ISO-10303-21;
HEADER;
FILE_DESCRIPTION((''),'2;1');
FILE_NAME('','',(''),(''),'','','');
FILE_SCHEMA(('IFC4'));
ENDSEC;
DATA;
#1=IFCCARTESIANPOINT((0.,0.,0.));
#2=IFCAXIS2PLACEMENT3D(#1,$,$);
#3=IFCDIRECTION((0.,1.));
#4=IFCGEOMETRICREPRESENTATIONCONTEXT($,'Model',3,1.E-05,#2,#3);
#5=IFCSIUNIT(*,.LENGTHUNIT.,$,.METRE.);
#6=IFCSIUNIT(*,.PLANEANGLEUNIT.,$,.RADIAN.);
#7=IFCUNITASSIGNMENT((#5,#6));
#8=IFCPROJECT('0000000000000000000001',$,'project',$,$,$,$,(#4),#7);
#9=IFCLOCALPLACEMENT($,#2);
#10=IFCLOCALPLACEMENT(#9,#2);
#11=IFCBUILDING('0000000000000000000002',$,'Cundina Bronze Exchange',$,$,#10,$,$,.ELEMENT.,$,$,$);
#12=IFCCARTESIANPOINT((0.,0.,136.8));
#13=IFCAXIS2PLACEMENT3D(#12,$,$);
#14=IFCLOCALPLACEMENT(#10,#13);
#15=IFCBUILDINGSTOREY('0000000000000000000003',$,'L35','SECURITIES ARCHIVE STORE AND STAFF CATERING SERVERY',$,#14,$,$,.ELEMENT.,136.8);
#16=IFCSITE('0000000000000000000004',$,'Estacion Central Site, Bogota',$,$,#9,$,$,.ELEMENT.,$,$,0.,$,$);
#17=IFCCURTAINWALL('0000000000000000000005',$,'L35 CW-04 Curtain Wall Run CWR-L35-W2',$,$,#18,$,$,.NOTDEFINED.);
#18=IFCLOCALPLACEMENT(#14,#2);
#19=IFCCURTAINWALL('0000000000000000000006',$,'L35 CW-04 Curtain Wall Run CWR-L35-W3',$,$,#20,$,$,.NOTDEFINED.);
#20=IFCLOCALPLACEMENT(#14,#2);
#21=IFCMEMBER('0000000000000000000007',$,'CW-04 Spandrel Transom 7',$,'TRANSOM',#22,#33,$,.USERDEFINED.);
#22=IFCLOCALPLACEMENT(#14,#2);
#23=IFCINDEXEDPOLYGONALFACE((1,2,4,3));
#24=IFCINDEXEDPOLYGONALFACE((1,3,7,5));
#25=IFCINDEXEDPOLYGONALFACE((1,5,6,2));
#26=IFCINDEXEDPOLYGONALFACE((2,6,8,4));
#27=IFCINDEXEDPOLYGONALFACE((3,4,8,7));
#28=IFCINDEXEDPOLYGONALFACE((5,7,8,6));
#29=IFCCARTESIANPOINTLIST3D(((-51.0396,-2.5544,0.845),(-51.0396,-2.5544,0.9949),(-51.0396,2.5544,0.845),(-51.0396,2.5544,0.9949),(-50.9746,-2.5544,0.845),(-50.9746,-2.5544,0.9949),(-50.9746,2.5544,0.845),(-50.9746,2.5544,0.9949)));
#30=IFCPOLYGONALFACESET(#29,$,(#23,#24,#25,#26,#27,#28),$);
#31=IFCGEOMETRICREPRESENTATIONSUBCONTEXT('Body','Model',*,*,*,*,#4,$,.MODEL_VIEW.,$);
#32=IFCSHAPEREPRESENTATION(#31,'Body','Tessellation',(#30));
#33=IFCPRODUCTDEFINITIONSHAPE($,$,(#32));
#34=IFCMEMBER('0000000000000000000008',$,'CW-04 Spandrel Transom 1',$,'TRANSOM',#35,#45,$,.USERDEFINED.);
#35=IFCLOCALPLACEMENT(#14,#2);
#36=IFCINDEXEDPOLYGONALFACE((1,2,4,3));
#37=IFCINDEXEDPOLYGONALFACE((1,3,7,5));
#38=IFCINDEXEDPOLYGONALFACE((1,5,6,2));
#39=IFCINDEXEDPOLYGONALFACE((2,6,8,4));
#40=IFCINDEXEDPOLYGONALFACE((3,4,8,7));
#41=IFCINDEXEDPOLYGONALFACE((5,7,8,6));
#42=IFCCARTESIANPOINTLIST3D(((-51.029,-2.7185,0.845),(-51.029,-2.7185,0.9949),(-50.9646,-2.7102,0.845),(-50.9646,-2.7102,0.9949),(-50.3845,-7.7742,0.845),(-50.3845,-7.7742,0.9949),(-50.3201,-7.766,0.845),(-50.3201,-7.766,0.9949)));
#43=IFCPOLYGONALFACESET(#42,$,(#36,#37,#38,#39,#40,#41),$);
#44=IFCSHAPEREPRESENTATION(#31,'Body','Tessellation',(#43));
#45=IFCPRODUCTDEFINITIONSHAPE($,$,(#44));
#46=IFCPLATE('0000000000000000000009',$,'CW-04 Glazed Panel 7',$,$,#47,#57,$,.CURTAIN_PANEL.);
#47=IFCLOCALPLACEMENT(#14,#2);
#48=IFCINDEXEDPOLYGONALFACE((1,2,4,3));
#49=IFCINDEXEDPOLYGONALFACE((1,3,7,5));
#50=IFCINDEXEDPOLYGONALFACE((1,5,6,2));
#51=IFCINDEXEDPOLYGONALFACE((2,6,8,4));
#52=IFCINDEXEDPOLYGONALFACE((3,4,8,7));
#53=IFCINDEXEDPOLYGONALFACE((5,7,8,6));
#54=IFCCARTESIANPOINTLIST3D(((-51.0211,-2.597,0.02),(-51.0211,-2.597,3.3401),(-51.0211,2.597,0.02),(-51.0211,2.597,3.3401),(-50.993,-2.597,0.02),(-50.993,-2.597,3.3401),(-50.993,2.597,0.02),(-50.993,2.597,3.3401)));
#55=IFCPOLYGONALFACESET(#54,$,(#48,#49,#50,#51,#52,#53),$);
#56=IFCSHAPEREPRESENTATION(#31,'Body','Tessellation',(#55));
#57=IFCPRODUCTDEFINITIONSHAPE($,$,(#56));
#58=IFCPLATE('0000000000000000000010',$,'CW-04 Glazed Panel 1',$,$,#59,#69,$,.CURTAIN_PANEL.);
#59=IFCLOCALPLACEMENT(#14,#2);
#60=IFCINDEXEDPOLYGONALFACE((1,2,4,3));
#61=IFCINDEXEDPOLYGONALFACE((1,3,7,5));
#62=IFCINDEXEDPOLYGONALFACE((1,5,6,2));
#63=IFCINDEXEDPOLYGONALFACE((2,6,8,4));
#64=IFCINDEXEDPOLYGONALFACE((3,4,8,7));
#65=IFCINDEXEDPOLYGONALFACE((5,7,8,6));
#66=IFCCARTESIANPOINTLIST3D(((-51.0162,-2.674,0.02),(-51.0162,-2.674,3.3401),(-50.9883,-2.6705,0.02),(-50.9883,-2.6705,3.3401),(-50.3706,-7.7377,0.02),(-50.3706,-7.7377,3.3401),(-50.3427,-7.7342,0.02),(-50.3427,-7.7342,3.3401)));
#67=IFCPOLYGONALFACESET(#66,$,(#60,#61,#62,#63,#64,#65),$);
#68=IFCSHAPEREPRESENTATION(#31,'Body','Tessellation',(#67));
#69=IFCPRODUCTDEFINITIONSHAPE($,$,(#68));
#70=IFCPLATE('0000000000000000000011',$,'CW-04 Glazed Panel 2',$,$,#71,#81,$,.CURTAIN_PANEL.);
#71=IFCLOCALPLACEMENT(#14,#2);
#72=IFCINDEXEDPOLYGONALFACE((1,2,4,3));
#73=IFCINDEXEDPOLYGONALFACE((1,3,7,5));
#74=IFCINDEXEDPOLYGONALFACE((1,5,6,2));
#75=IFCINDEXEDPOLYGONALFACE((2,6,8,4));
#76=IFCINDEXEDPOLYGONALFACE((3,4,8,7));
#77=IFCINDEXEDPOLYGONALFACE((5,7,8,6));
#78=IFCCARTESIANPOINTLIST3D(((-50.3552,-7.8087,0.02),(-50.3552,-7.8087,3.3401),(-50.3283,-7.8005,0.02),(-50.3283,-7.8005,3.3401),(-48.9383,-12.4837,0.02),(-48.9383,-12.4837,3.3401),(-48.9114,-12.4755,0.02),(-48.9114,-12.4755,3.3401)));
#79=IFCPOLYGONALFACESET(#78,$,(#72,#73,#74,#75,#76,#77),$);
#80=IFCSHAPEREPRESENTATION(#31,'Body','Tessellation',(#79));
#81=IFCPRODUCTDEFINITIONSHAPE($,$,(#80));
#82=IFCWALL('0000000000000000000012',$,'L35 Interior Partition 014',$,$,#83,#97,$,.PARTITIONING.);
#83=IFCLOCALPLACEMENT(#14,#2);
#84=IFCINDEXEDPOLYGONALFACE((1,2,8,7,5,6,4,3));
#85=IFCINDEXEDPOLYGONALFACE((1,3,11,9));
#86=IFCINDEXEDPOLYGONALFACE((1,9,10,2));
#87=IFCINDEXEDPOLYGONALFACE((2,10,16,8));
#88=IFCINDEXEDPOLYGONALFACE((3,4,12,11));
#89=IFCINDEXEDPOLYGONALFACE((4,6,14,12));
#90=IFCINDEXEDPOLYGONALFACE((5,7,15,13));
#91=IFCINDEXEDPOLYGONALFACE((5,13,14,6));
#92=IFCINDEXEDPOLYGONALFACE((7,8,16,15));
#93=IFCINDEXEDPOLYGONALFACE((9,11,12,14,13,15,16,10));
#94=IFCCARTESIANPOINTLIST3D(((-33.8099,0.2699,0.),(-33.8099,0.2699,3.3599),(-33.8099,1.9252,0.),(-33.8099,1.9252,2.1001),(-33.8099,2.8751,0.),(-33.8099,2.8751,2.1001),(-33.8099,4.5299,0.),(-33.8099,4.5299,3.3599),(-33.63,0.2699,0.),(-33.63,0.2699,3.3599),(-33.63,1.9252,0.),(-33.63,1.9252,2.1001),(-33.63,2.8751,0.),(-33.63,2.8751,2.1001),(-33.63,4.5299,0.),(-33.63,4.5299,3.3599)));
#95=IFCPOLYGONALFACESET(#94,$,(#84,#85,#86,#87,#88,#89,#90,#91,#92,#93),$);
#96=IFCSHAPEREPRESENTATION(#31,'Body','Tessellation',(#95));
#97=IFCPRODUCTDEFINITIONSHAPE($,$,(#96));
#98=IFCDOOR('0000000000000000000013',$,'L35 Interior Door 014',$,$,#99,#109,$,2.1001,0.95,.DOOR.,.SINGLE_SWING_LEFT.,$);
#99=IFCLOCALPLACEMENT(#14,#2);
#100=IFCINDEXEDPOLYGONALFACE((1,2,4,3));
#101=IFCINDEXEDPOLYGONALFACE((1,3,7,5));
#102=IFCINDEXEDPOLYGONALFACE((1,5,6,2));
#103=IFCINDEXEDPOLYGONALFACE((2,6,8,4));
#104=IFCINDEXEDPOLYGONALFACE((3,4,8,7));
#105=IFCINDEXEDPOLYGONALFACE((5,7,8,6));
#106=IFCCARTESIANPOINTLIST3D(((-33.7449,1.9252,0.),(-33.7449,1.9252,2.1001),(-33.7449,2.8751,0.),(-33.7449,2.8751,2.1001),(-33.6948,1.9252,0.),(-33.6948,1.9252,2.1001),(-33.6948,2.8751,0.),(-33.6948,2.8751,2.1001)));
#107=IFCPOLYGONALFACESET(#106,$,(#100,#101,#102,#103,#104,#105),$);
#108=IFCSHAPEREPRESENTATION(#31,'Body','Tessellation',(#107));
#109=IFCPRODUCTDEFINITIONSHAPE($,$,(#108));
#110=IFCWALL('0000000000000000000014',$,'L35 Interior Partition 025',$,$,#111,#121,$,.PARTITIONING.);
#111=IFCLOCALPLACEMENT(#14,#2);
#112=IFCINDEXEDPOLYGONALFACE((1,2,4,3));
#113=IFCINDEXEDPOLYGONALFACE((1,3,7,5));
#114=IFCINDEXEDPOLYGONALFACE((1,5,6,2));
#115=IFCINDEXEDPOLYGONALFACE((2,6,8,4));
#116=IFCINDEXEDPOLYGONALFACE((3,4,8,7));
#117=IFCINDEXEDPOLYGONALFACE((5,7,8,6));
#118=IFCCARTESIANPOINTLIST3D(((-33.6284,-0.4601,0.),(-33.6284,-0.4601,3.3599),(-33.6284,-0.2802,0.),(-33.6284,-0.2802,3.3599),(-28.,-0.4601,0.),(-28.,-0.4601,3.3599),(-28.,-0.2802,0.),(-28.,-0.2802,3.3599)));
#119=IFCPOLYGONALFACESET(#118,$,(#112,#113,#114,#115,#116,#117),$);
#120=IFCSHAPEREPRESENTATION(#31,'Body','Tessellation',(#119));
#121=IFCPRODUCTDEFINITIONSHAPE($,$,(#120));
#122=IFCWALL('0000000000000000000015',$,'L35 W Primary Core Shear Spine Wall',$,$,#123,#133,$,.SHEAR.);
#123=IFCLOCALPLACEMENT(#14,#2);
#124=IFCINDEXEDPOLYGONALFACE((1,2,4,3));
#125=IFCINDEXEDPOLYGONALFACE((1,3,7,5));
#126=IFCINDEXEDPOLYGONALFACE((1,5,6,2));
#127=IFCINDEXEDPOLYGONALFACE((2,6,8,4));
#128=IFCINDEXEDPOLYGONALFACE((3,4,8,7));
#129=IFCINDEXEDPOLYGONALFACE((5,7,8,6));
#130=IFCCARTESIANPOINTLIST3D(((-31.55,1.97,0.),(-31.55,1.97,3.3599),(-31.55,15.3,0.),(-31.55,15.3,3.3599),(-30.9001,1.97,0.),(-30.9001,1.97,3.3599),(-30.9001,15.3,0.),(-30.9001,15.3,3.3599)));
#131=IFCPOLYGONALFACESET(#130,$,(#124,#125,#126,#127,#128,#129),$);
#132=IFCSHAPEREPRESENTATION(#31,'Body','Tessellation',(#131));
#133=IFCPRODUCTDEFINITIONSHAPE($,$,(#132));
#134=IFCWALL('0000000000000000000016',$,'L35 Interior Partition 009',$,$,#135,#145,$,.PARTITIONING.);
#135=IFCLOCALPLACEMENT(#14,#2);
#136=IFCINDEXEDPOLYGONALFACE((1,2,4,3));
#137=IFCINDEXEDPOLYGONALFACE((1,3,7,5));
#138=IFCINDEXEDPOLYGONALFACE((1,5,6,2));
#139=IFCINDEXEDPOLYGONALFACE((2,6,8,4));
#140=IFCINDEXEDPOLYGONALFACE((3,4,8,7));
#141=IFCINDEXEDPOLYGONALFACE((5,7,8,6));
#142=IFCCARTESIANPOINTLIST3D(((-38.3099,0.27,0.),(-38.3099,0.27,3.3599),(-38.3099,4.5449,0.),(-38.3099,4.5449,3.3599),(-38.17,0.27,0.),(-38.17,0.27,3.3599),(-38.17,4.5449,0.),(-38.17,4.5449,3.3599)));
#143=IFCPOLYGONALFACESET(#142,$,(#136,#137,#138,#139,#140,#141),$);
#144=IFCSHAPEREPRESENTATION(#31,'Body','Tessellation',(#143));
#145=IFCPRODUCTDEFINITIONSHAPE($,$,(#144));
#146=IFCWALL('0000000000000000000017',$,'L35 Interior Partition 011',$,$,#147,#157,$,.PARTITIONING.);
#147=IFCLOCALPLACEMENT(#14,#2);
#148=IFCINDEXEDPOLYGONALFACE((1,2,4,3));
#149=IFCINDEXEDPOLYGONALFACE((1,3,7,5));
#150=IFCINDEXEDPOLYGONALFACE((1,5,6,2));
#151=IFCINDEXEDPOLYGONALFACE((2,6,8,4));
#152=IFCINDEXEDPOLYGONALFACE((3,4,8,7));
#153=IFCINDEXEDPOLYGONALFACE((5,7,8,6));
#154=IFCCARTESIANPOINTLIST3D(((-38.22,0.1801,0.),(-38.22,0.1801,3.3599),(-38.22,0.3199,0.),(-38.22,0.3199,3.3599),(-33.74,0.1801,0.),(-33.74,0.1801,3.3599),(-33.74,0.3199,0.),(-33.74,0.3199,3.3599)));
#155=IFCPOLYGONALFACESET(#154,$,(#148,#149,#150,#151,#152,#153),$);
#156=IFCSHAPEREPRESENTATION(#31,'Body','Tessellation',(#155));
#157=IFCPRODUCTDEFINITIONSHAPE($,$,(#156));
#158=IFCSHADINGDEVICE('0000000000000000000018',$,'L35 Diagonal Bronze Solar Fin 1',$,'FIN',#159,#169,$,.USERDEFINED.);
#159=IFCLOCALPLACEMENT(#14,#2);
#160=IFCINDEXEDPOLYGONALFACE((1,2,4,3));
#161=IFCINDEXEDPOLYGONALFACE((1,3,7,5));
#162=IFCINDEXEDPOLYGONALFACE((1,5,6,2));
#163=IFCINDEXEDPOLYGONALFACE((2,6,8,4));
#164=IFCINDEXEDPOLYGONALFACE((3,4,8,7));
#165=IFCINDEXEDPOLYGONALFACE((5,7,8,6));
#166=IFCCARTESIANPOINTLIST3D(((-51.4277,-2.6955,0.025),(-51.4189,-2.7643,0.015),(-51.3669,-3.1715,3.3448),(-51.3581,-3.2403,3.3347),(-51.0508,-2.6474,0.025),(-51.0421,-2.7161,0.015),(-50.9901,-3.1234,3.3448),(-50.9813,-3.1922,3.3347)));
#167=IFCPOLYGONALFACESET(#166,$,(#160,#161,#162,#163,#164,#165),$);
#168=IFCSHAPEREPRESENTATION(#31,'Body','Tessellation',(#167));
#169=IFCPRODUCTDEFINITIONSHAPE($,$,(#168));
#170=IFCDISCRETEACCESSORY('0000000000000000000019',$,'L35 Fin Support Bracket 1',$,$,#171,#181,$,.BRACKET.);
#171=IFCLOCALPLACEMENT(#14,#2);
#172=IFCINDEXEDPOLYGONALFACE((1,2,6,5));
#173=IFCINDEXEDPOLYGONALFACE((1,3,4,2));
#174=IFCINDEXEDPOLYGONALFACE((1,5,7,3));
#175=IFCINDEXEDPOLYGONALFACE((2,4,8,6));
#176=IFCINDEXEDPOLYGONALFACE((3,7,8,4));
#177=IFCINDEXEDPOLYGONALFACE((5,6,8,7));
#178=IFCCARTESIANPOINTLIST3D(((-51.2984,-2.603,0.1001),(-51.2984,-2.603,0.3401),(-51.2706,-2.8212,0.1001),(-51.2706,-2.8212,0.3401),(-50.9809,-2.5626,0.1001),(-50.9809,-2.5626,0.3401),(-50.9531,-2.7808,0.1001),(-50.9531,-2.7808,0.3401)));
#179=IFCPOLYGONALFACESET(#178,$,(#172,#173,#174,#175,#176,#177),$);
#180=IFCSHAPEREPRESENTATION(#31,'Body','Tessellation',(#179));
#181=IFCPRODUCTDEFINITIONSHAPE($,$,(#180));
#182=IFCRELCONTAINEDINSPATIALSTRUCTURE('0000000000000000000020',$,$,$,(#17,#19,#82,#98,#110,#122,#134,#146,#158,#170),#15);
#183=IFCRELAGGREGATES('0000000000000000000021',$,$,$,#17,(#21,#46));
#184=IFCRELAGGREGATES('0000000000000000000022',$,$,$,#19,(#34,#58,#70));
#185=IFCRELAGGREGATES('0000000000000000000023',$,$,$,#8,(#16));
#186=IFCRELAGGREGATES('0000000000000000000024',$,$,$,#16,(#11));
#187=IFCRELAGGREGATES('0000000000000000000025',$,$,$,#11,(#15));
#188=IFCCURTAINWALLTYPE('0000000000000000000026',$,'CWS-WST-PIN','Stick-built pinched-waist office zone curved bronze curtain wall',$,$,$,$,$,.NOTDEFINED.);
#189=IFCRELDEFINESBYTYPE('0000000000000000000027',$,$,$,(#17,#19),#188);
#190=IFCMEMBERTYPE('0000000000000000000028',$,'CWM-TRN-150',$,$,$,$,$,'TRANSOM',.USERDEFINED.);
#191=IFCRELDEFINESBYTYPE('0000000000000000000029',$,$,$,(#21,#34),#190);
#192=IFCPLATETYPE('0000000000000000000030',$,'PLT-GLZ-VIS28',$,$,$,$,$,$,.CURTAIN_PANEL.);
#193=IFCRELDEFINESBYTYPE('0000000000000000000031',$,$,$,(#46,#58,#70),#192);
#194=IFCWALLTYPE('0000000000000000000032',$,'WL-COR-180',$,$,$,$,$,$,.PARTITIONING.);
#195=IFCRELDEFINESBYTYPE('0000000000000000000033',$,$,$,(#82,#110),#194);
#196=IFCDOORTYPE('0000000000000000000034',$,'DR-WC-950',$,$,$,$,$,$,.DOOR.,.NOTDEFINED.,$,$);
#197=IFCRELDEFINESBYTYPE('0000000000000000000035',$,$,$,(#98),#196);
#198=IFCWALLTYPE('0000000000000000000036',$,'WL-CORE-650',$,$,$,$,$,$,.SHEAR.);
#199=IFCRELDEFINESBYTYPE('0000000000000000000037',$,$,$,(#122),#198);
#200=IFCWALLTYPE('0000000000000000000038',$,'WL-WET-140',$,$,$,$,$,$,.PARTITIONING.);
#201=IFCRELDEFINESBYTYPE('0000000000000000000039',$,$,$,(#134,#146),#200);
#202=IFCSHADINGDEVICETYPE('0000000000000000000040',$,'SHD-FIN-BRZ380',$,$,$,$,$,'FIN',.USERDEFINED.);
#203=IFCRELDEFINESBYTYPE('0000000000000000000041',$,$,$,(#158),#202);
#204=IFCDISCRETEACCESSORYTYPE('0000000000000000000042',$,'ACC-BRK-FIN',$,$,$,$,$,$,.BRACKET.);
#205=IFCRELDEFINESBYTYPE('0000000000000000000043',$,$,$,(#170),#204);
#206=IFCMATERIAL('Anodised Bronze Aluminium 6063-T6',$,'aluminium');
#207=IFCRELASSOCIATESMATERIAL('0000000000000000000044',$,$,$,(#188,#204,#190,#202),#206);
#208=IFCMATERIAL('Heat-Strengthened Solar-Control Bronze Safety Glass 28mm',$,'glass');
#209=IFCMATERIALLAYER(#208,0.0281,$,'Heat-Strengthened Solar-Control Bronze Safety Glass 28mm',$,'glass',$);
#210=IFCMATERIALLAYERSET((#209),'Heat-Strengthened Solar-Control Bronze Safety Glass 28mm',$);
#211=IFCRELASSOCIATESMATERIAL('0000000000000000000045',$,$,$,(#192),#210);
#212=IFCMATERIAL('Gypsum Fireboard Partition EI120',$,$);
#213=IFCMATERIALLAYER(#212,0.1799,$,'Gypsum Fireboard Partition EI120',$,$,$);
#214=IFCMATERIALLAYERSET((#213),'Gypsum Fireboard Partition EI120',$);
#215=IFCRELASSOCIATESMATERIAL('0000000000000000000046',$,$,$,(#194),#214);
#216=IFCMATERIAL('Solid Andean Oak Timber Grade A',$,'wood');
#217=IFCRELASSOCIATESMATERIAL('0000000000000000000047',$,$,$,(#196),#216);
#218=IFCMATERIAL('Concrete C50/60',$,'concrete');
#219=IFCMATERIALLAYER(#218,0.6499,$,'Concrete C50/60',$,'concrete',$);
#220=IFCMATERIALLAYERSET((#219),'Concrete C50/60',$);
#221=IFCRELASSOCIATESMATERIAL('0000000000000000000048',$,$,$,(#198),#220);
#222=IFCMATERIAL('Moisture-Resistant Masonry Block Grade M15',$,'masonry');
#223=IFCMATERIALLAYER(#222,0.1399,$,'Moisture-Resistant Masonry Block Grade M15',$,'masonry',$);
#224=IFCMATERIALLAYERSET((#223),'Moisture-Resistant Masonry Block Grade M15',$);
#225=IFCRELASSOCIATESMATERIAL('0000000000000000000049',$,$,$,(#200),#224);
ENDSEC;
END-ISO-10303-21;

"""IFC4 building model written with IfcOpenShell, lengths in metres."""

from ifc_helpers import new_model, si_unit, direction, frame, frame_2d, origin, origin_2d, place, context, subcontext, project, spatial, rectangle, extrude, material, layer, layer_set, material_profile, profile_set, type_object, element, fill, aggregate, save


model = new_model("IFC4")

# Units and contexts
model_context = context("Model", 3, precision=1e-05, world=origin(), true_north=direction((0.0, 1.0)))
body_context = subcontext(model_context, "Body", "Model", "MODEL_VIEW")
ifc_project = project(units=[si_unit("LENGTHUNIT", "METRE"), si_unit("PLANEANGLEUNIT", "RADIAN")], contexts=[model_context])

# Site, building, storey
site_placement = place(None, origin())
site = spatial("IfcSite", under=ifc_project, at=site_placement, Name="Estacion Central Site, Bogota", CompositionType="ELEMENT", RefElevation=0.0)
building_placement = place(site_placement, origin())
building = spatial("IfcBuilding", under=site, at=building_placement, Name="Cundina Bronze Exchange", CompositionType="ELEMENT")
storey_placement = place(building_placement, frame((0.0, 0.0, 136.8)))
storey = spatial("IfcBuildingStorey", under=building, at=storey_placement, Name="L35", Description="SECURITIES ARCHIVE STORE AND STAFF CATERING SERVERY", CompositionType="ELEMENT", Elevation=136.8)

# Shared definitions
ifc_material_1 = material(Name="Concrete C50/60", Category="concrete")

# Curtain walls
ifc_material_2 = material(Name="Anodised Bronze Aluminium 6063-T6", Category="aluminium")
curtain_wall_type = type_object("IfcCurtainWallType", Name="CWS-WST-PIN", Description="Stick-built pinched-waist office zone curved bronze curtain wall", PredefinedType="NOTDEFINED", material=ifc_material_2)
curtain_wall_1_placement = place(storey_placement, origin())
curtain_wall_1 = element("IfcCurtainWall", 1, at=curtain_wall_1_placement, inside=storey, type_object=curtain_wall_type, Name="L35 CW-04 Curtain Wall Run CWR-L35-W2", PredefinedType="NOTDEFINED")
curtain_wall_2_placement = place(storey_placement, origin())
curtain_wall_2 = element("IfcCurtainWall", 2, at=curtain_wall_2_placement, inside=storey, type_object=curtain_wall_type, Name="L35 CW-04 Curtain Wall Run CWR-L35-W3", PredefinedType="NOTDEFINED")

# Members
ifc_material_profile_1 = material_profile(ifc_material_2, rectangle(XDim=0.0649, YDim=0.1499, at=origin_2d()), Name="AL65X150", Category="aluminium")
ifc_profile_set_1 = profile_set([ifc_material_profile_1], Name="Anodised Bronze Aluminium 6063-T6")
member_type_1 = type_object("IfcMemberType", Name="CWM-TRN-150", ElementType="TRANSOM", PredefinedType="USERDEFINED", material=ifc_profile_set_1)
member_1_placement = place(storey_placement, frame((-51.0071, 2.5544, 0.9199), z_axis=(0.0, -1.0, 0.0), x_axis=(1.0, 0.0, 0.0)))
member_1 = element("IfcMember", 3, at=member_1_placement, type_object=member_type_1, Name="CW-04 Spandrel Transom 7", ObjectType="TRANSOM", PredefinedType="USERDEFINED", context=body_context, shape_type="SweptSolid", body=[
    extrude(rectangle(XDim=0.0649, YDim=0.1499, at=origin_2d()), origin(), (0.0, 0.0, 1.0), 5.1089),
])
member_2_placement = place(storey_placement, frame((-50.9968, -2.7144, 0.9199), z_axis=(0.126463, -0.991971, 0.0), x_axis=(0.991971, 0.126463, 0.0)))
member_2 = element("IfcMember", 4, at=member_2_placement, type_object=member_type_1, Name="CW-04 Spandrel Transom 1", ObjectType="TRANSOM", PredefinedType="USERDEFINED", context=body_context, shape_type="SweptSolid", body=[
    extrude(rectangle(XDim=0.0649, YDim=0.1499, at=origin_2d()), origin(), (0.0, 0.0, 1.0), 5.0967),
])

# Plates
ifc_material_3 = material(Name="Heat-Strengthened Solar-Control Bronze Safety Glass 28mm", Category="glass")
ifc_layer_1 = layer(ifc_material_3, 0.0281, Name="Heat-Strengthened Solar-Control Bronze Safety Glass 28mm", Category="glass")
ifc_layer_set_1 = layer_set([ifc_layer_1], Name="Heat-Strengthened Solar-Control Bronze Safety Glass 28mm")
plate_type = type_object("IfcPlateType", Name="PLT-GLZ-VIS28", PredefinedType="CURTAIN_PANEL", material=ifc_layer_set_1)
plate_1_placement = place(storey_placement, frame((-51.0071, 0.0, 0.02), z_axis=(0.0, 0.0, 1.0), x_axis=(0.0, -1.0, 0.0)))
plate_1 = element("IfcPlate", 5, at=plate_1_placement, type_object=plate_type, Name="CW-04 Glazed Panel 7", PredefinedType="CURTAIN_PANEL", context=body_context, shape_type="SweptSolid", body=[
    extrude(rectangle(XDim=5.1941, YDim=0.0281, at=origin_2d()), origin(), (0.0, 0.0, 1.0), 3.3201),
])
aggregate(curtain_wall_1, [member_1, plate_1])
plate_2_placement = place(storey_placement, frame((-50.6794, -5.2041, 0.02), z_axis=(0.0, 0.0, 1.0), x_axis=(0.126476, -0.99197, 0.0)))
plate_2 = element("IfcPlate", 6, at=plate_2_placement, type_object=plate_type, Name="CW-04 Glazed Panel 1", PredefinedType="CURTAIN_PANEL", context=body_context, shape_type="SweptSolid", body=[
    extrude(rectangle(XDim=5.1047, YDim=0.0281, at=origin_2d()), origin(), (0.0, 0.0, 1.0), 3.3201),
])
plate_3_placement = place(storey_placement, frame((-49.6333, -10.1421, 0.02), z_axis=(0.0, 0.0, 1.0), x_axis=(0.290051, -0.957011, 0.0)))
plate_3 = element("IfcPlate", 7, at=plate_3_placement, type_object=plate_type, Name="CW-04 Glazed Panel 2", PredefinedType="CURTAIN_PANEL", context=body_context, shape_type="SweptSolid", body=[
    extrude(rectangle(XDim=4.885, YDim=0.0281, at=origin_2d()), origin(), (0.0, 0.0, 1.0), 3.3201),
])
aggregate(curtain_wall_2, [member_2, plate_2, plate_3])

# Wall, opening, door
ifc_material_4 = material(Name="Gypsum Fireboard Partition EI120")
ifc_layer_2 = layer(ifc_material_4, 0.1799, Name="Gypsum Fireboard Partition EI120")
ifc_layer_set_2 = layer_set([ifc_layer_2], Name="Gypsum Fireboard Partition EI120")
wall_type_1 = type_object("IfcWallType", Name="WL-COR-180", PredefinedType="PARTITIONING", material=ifc_layer_set_2)
wall_1_placement = place(storey_placement, frame((-33.72, 0.27, 0.0), z_axis=(0.0, 0.0, 1.0), x_axis=(0.0, 1.0, 0.0)))
wall_1 = element("IfcWall", 8, at=wall_1_placement, inside=storey, type_object=wall_type_1, Name="L35 Interior Partition 014", PredefinedType="PARTITIONING", context=body_context, shape_type="SweptSolid", body=[
    extrude(rectangle(XDim=4.26, YDim=0.1799, at=frame_2d((2.1299, 0.0))), origin(), (0.0, 0.0, 1.0), 3.3599),
])
opening_1_placement = place(wall_1_placement, frame((1.655, 0.0, 0.0)))
opening_1 = element("IfcOpeningElement", 9, at=opening_1_placement, cuts=wall_1, PredefinedType="OPENING", context=body_context, shape_type="SweptSolid", body=[
    extrude(rectangle(XDim=0.95, YDim=2.1001, at=frame_2d((0.4751, 1.05))), frame((0.0, 0.0999, 0.0), z_axis=(0.0, -1.0, 0.0), x_axis=(1.0, 0.0, 0.0)), (0.0, 0.0, 1.0), 0.2),
])
ifc_material_5 = material(Name="Solid Andean Oak Timber Grade A", Category="wood")
door_type_1 = type_object("IfcDoorType", Name="DR-WC-950", OperationType="NOTDEFINED", PredefinedType="DOOR", material=ifc_material_5)
door_1_placement = place(opening_1_placement, origin())
door_1 = element("IfcDoor", 10, at=door_1_placement, inside=storey, type_object=door_type_1, Name="L35 Interior Door 014", OperationType="SINGLE_SWING_LEFT", OverallHeight=2.1001, OverallWidth=0.95, PredefinedType="DOOR", context=body_context, shape_type="SweptSolid", body=[
    extrude(rectangle(XDim=0.95, YDim=2.1001, at=frame_2d((0.4751, 1.05))), frame((0.0, 0.0249, 0.0), z_axis=(0.0, -1.0, 0.0), x_axis=(1.0, 0.0, 0.0)), (0.0, 0.0, 1.0), 0.05),
])
fill(opening_1, door_1)

# Walls
wall_2_placement = place(storey_placement, frame((-33.6284, -0.3701, 0.0), z_axis=(0.0, 0.0, 1.0), x_axis=(1.0, 0.0, 0.0)))
element("IfcWall", 11, at=wall_2_placement, inside=storey, type_object=wall_type_1, Name="L35 Interior Partition 025", PredefinedType="PARTITIONING", context=body_context, shape_type="SweptSolid", body=[
    extrude(rectangle(XDim=5.6284, YDim=0.1799, at=frame_2d((2.8142, 0.0))), origin(), (0.0, 0.0, 1.0), 3.3599),
])
ifc_layer_3 = layer(ifc_material_1, 0.6499, Name="Concrete C50/60", Category="concrete")
ifc_layer_set_3 = layer_set([ifc_layer_3], Name="Concrete C50/60")
wall_type_2 = type_object("IfcWallType", Name="WL-CORE-650", PredefinedType="SHEAR", material=ifc_layer_set_3)
wall_3_placement = place(storey_placement, frame((-31.2251, 1.97, 0.0), z_axis=(0.0, 0.0, 1.0), x_axis=(0.0, 1.0, 0.0)))
element("IfcWall", 12, at=wall_3_placement, inside=storey, type_object=wall_type_2, Name="L35 W Primary Core Shear Spine Wall", PredefinedType="SHEAR", context=body_context, shape_type="SweptSolid", body=[
    extrude(rectangle(XDim=13.3301, YDim=0.6499, at=frame_2d((6.665, 0.0))), origin(), (0.0, 0.0, 1.0), 3.3599),
])
ifc_material_6 = material(Name="Moisture-Resistant Masonry Block Grade M15", Category="masonry")
ifc_layer_4 = layer(ifc_material_6, 0.1399, Name="Moisture-Resistant Masonry Block Grade M15", Category="masonry")
ifc_layer_set_4 = layer_set([ifc_layer_4], Name="Moisture-Resistant Masonry Block Grade M15")
wall_type_3 = type_object("IfcWallType", Name="WL-WET-140", PredefinedType="PARTITIONING", material=ifc_layer_set_4)
wall_4_placement = place(storey_placement, frame((-38.24, 0.27, 0.0), z_axis=(0.0, 0.0, 1.0), x_axis=(0.0, 1.0, 0.0)))
element("IfcWall", 13, at=wall_4_placement, inside=storey, type_object=wall_type_3, Name="L35 Interior Partition 009", PredefinedType="PARTITIONING", context=body_context, shape_type="SweptSolid", body=[
    extrude(rectangle(XDim=4.2749, YDim=0.1399, at=frame_2d((2.1375, 0.0))), origin(), (0.0, 0.0, 1.0), 3.3599),
])
wall_5_placement = place(storey_placement, frame((-38.22, 0.25, 0.0), z_axis=(0.0, 0.0, 1.0), x_axis=(1.0, 0.0, 0.0)))
element("IfcWall", 14, at=wall_5_placement, inside=storey, type_object=wall_type_3, Name="L35 Interior Partition 011", PredefinedType="PARTITIONING", context=body_context, shape_type="SweptSolid", body=[
    extrude(rectangle(XDim=4.48, YDim=0.1399, at=frame_2d((2.24, 0.0))), origin(), (0.0, 0.0, 1.0), 3.3599),
])

# Shading device
ifc_material_profile_2 = material_profile(ifc_material_2, rectangle(XDim=0.0701, YDim=0.3799, at=origin_2d()), Name="FIN70X380", Category="aluminium")
ifc_profile_set_2 = profile_set([ifc_material_profile_2], Name="Anodised Bronze Aluminium 6063-T6")
shading_device_type = type_object("IfcShadingDeviceType", Name="SHD-FIN-BRZ380", ElementType="FIN", PredefinedType="USERDEFINED", material=ifc_profile_set_2)
shading_device_placement = place(storey_placement, frame((-51.2349, -2.7058, 0.02), z_axis=(0.018123, -0.141928, 0.989711), x_axis=(-0.125361, 0.98174, 0.14308)))
element("IfcShadingDevice", 15, at=shading_device_placement, inside=storey, type_object=shading_device_type, Name="L35 Diagonal Bronze Solar Fin 1", ObjectType="FIN", PredefinedType="USERDEFINED", context=body_context, shape_type="SweptSolid", body=[
    extrude(rectangle(XDim=0.0701, YDim=0.3799, at=origin_2d()), origin(), (0.0, 0.0, 1.0), 3.3542),
])

# Discrete accessory
discrete_accessory_type = type_object("IfcDiscreteAccessoryType", Name="ACC-BRK-FIN", PredefinedType="BRACKET", material=ifc_material_2)
discrete_accessory_placement = place(storey_placement, frame((-51.1257, -2.6919, 0.1001), z_axis=(0.0, 0.0, 1.0), x_axis=(0.126476, -0.99197, 0.0)))
element("IfcDiscreteAccessory", 16, at=discrete_accessory_placement, inside=storey, type_object=discrete_accessory_type, Name="L35 Fin Support Bracket 1", PredefinedType="BRACKET", context=body_context, shape_type="SweptSolid", body=[
    extrude(rectangle(XDim=0.22, YDim=0.3201, at=origin_2d()), origin(), (0.0, 0.0, 1.0), 0.24),
])

save(model, "model.ifc")
